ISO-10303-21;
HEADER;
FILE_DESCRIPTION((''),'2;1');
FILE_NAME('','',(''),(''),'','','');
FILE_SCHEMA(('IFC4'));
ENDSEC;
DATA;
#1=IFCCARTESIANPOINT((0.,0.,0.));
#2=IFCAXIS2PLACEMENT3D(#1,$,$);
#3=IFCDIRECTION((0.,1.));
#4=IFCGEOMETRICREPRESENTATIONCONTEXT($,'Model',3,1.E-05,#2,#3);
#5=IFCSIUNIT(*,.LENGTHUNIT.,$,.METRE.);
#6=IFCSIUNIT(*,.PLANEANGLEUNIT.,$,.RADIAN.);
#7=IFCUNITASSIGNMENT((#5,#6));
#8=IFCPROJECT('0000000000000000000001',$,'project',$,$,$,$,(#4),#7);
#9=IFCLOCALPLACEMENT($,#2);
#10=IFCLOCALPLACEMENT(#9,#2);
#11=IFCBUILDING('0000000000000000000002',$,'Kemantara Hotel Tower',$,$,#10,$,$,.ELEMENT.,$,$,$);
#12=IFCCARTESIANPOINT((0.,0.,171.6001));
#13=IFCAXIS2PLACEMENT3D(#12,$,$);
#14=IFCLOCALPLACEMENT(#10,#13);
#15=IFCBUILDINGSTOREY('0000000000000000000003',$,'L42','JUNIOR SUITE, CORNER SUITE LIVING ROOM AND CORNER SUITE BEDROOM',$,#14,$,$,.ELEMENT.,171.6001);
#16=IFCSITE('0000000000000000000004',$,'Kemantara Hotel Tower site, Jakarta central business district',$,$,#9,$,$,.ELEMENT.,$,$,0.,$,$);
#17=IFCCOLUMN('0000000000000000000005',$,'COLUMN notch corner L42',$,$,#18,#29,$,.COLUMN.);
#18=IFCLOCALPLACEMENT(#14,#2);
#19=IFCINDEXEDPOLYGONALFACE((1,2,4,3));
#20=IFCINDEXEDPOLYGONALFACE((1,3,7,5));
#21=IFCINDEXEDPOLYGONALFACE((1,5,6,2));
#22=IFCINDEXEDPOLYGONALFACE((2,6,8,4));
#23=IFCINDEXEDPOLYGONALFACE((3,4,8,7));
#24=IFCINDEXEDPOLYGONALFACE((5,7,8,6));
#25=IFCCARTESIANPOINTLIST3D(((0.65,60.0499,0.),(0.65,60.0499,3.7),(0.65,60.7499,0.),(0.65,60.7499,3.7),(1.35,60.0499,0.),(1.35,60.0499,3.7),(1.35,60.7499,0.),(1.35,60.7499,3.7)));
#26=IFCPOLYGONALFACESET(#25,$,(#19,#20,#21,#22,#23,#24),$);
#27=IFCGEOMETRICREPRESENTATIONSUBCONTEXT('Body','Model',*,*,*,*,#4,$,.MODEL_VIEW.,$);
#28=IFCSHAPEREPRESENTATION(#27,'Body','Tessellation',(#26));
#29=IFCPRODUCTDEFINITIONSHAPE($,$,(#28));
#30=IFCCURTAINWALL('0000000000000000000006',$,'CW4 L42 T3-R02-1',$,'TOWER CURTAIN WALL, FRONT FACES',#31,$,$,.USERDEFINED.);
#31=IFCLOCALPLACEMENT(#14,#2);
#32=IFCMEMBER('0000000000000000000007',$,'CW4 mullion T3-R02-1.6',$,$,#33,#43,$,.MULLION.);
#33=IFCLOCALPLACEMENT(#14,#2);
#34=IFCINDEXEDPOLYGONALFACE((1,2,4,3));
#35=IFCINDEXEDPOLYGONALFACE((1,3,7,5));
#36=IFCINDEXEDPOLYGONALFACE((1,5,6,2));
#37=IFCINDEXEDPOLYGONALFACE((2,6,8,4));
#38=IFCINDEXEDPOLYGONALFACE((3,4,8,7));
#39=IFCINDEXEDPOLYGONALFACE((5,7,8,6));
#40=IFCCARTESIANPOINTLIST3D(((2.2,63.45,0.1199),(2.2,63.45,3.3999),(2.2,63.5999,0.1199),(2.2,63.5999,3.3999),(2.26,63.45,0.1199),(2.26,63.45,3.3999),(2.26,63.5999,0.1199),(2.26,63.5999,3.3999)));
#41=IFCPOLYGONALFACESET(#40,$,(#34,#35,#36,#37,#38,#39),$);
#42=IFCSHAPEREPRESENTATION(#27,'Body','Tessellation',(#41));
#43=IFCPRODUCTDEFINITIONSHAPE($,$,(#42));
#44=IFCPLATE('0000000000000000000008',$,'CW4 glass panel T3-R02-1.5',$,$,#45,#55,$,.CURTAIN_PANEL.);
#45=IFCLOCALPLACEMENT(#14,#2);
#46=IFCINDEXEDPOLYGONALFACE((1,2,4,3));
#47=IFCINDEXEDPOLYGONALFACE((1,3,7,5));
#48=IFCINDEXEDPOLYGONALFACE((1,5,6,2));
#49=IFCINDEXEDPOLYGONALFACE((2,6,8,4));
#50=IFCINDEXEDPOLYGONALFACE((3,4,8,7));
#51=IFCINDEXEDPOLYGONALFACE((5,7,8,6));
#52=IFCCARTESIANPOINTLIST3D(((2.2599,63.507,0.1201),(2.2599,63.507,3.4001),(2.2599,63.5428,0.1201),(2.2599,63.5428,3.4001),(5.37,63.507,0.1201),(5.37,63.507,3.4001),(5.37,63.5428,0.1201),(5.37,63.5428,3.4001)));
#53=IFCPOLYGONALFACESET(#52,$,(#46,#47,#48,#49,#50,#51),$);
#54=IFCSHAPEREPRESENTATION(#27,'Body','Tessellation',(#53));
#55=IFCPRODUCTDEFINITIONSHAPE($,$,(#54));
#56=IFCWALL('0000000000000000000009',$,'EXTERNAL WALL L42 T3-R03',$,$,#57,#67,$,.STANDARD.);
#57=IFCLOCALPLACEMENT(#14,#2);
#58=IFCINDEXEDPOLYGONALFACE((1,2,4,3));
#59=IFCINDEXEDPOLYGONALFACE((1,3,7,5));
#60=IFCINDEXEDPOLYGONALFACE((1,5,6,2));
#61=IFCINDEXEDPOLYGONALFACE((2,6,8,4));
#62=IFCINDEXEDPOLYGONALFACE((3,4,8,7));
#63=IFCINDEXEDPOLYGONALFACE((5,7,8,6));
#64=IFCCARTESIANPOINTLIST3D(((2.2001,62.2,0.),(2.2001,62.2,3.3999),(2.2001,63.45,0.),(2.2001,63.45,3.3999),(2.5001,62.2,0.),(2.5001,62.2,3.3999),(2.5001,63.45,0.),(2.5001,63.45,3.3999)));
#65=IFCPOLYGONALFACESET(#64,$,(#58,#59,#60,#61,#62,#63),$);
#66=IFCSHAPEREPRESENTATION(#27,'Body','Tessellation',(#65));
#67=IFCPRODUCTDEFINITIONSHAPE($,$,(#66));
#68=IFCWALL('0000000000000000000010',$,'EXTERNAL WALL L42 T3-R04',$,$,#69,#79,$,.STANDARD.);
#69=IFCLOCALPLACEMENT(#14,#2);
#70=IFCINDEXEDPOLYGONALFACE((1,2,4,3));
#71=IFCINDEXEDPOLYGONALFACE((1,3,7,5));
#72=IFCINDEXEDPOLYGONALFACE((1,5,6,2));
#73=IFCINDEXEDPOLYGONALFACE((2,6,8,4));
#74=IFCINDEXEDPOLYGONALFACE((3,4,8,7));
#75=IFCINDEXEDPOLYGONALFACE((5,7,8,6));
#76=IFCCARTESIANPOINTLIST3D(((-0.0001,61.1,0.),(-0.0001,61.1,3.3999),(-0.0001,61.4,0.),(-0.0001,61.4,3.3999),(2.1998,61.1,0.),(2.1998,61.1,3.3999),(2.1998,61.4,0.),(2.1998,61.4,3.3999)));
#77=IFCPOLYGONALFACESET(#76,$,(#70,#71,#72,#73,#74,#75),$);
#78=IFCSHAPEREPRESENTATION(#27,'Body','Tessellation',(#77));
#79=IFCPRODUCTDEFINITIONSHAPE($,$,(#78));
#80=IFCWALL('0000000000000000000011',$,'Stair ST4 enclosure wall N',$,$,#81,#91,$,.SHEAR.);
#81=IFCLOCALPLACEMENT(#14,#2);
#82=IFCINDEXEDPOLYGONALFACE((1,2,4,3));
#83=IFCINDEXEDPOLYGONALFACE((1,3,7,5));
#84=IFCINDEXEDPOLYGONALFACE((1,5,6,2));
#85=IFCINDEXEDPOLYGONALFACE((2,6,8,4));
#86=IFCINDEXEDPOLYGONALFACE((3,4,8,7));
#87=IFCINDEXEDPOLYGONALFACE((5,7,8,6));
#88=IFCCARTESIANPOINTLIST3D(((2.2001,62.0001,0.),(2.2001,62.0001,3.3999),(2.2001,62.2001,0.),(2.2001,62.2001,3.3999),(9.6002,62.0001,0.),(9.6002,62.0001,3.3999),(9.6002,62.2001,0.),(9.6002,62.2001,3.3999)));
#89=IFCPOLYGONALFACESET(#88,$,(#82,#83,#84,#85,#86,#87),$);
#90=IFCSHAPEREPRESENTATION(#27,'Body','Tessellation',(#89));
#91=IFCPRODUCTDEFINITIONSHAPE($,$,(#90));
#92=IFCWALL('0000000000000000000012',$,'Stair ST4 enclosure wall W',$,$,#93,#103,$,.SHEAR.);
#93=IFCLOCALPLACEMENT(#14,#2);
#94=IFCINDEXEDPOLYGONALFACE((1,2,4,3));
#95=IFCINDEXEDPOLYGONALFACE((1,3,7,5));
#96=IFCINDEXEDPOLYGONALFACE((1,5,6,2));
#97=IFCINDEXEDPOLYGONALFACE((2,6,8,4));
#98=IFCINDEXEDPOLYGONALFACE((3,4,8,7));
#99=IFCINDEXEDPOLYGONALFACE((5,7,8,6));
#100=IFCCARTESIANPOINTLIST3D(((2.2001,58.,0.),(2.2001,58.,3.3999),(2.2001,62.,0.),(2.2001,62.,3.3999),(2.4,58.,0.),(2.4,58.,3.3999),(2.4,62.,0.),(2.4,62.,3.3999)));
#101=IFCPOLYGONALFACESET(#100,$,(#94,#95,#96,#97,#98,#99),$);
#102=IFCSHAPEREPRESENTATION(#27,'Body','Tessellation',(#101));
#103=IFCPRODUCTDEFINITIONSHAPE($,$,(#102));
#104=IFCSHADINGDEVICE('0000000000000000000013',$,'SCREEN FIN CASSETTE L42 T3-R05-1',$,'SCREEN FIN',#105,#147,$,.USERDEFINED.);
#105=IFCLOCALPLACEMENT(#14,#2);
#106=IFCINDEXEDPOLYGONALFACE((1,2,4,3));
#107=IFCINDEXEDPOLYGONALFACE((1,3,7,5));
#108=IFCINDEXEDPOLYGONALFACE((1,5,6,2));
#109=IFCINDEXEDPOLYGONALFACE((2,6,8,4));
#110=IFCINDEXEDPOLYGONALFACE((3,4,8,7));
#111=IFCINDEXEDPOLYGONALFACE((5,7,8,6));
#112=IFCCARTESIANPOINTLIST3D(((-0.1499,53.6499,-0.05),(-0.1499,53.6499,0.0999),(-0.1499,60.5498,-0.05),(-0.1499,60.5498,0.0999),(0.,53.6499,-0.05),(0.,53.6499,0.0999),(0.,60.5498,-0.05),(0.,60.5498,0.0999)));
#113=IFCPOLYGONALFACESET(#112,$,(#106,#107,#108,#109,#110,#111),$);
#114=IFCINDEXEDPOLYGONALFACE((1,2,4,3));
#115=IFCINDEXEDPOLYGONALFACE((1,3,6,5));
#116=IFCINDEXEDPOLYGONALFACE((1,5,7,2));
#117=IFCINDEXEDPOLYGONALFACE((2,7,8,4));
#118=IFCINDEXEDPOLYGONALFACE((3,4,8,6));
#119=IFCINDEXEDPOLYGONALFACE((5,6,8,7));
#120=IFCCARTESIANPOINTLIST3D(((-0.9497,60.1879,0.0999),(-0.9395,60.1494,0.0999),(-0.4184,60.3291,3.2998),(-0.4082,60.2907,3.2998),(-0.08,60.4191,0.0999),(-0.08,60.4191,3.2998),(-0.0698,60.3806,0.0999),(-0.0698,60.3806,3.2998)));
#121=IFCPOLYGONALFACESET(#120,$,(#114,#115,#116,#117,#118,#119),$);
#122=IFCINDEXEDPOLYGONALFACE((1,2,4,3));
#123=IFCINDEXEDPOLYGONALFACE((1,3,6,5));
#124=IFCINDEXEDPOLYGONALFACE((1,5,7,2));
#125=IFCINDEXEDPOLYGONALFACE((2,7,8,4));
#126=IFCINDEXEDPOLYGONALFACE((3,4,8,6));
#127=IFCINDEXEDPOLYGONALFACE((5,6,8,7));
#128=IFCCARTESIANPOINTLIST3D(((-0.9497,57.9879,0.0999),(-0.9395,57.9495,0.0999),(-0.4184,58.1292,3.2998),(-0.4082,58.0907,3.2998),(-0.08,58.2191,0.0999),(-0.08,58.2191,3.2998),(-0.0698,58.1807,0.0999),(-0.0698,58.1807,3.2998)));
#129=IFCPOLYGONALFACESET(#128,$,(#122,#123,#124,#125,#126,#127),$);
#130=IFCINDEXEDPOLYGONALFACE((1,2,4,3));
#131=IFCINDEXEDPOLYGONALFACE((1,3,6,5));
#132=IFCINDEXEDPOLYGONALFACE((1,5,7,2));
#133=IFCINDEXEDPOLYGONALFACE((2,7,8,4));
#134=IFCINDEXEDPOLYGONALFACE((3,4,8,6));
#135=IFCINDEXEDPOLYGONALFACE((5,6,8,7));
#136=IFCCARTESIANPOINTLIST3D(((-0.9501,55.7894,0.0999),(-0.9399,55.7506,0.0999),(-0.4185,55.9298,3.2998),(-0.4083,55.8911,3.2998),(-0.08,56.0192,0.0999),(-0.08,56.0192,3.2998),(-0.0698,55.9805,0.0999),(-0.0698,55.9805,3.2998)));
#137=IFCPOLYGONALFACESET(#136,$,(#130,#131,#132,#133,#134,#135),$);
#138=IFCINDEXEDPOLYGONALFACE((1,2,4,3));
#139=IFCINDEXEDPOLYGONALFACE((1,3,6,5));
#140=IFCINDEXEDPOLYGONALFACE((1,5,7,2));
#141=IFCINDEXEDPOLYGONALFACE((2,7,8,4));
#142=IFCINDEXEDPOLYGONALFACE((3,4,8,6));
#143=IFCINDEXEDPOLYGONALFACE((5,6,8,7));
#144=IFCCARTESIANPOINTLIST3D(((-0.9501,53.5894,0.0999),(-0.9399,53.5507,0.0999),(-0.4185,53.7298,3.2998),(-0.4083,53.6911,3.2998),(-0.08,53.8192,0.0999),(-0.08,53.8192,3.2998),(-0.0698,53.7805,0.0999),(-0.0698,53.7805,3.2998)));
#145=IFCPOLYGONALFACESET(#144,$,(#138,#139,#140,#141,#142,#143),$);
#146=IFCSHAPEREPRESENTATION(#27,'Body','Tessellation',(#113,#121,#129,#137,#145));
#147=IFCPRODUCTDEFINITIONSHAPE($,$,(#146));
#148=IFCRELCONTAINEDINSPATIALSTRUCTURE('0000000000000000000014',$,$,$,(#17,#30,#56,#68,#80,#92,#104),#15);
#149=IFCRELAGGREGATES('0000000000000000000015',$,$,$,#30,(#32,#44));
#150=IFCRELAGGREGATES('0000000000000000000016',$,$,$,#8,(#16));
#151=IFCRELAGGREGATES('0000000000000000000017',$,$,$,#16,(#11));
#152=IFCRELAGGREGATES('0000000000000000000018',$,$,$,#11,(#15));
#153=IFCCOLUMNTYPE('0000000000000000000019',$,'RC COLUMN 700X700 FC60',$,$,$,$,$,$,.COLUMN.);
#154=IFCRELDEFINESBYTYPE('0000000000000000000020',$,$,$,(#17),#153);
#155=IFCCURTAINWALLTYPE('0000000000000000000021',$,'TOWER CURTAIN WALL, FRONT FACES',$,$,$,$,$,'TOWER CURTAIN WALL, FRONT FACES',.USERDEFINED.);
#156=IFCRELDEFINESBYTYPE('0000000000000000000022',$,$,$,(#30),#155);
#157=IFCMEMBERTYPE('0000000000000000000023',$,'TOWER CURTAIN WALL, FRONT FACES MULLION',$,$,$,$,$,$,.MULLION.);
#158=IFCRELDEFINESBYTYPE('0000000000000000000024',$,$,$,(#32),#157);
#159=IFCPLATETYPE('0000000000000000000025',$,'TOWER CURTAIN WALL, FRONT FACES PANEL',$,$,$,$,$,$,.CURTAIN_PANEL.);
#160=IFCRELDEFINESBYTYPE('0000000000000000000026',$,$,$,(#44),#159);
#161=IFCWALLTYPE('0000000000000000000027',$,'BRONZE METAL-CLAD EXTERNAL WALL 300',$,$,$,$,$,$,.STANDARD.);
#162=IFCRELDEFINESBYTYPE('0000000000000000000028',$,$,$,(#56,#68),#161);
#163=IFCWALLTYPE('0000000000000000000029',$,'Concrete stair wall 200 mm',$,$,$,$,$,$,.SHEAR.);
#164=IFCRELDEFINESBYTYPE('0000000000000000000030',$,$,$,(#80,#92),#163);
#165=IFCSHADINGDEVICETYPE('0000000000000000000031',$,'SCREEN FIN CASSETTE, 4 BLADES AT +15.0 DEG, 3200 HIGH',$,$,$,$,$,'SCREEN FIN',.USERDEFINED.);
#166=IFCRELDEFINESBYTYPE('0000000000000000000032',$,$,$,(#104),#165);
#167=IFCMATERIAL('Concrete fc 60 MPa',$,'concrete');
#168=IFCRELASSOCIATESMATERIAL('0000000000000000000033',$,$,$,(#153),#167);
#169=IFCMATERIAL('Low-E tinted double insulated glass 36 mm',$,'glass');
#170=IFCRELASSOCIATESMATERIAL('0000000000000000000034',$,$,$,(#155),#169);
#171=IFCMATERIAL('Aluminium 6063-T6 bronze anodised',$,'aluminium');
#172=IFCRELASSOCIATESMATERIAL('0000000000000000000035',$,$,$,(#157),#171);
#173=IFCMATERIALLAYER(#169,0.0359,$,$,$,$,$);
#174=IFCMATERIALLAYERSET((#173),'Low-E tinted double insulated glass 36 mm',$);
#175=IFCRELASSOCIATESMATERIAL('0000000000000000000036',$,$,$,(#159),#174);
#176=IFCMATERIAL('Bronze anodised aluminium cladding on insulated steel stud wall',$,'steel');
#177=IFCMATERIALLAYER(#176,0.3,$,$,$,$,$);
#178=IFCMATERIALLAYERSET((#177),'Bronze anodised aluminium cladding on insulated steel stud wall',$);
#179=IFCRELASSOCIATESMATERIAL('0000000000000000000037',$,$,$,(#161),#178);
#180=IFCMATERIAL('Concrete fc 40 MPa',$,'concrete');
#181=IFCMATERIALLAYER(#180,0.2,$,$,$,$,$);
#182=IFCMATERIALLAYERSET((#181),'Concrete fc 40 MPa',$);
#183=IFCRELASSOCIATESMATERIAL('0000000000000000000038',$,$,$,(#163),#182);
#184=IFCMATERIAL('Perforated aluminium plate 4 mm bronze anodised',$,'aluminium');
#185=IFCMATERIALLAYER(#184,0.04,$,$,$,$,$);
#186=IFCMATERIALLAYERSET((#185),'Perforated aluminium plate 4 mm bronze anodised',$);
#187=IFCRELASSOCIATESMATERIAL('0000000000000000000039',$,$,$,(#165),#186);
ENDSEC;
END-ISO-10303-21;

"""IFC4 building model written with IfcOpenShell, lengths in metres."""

from ifc_helpers import new_model, si_unit, direction, frame, frame_2d, origin, origin_2d, place, context, subcontext, project, spatial, polyline, rectangle, outline, extrude, source, transform, mapped, material, layer, layer_set, material_profile, profile_set, type_object, element, aggregate, save


model = new_model("IFC4")

# Units and contexts
model_context = context("Model", 3, precision=1e-05, world=origin(), true_north=direction((0.0, 1.0)))
body_context = subcontext(model_context, "Body", "Model", "MODEL_VIEW")
ifc_project = project(units=[si_unit("LENGTHUNIT", "METRE"), si_unit("PLANEANGLEUNIT", "RADIAN")], contexts=[model_context])

# Site, building, storey
site_placement = place(None, origin())
site = spatial("IfcSite", under=ifc_project, at=site_placement, Name="Kemantara Hotel Tower site, Jakarta central business district", CompositionType="ELEMENT", RefElevation=0.0)
building_placement = place(site_placement, origin())
building = spatial("IfcBuilding", under=site, at=building_placement, Name="Kemantara Hotel Tower", CompositionType="ELEMENT")
storey_placement = place(building_placement, frame((0.0, 0.0, 171.6001)))
storey = spatial("IfcBuildingStorey", under=building, at=storey_placement, Name="L42", Description="JUNIOR SUITE, CORNER SUITE LIVING ROOM AND CORNER SUITE BEDROOM", CompositionType="ELEMENT", Elevation=171.6001)

# Column
ifc_material_1 = material(Name="Concrete fc 60 MPa", Category="concrete")
ifc_material_profile_1 = material_profile(ifc_material_1, rectangle(XDim=0.7, YDim=0.7, at=origin_2d()), Name="RC 700X700")
ifc_profile_set_1 = profile_set([ifc_material_profile_1], Name="Concrete fc 60 MPa")
column_type = type_object("IfcColumnType", Name="RC COLUMN 700X700 FC60", PredefinedType="COLUMN", material=ifc_profile_set_1)
column_placement = place(storey_placement, frame((1.0, 60.3999, 0.0), z_axis=(0.0, 0.0, 1.0), x_axis=(1.0, 0.0, 0.0)))
element("IfcColumn", 1, at=column_placement, inside=storey, type_object=column_type, Name="COLUMN notch corner L42", PredefinedType="COLUMN", context=body_context, shape_type="SweptSolid", body=[
    extrude(rectangle(XDim=0.7, YDim=0.7, at=origin_2d()), origin(), (0.0, 0.0, 1.0), 3.7),
])

# Curtain wall, member, plate
ifc_material_2 = material(Name="Low-E tinted double insulated glass 36 mm", Category="glass")
curtain_wall_type = type_object("IfcCurtainWallType", Name="TOWER CURTAIN WALL, FRONT FACES", ElementType="TOWER CURTAIN WALL, FRONT FACES", PredefinedType="USERDEFINED", material=ifc_material_2)
curtain_wall_placement = place(storey_placement, origin())
curtain_wall = element("IfcCurtainWall", 2, at=curtain_wall_placement, inside=storey, type_object=curtain_wall_type, Name="CW4 L42 T3-R02-1", ObjectType="TOWER CURTAIN WALL, FRONT FACES", PredefinedType="USERDEFINED")
ifc_material_3 = material(Name="Aluminium 6063-T6 bronze anodised", Category="aluminium")
ifc_material_profile_2 = material_profile(ifc_material_3, rectangle(XDim=0.1499, YDim=0.0601, at=origin_2d()), Name="TOWER CURTAIN WALL, FRONT FACES MULLION")
ifc_profile_set_2 = profile_set([ifc_material_profile_2], Name="Aluminium 6063-T6 bronze anodised")
member_type = type_object("IfcMemberType", Name="TOWER CURTAIN WALL, FRONT FACES MULLION", PredefinedType="MULLION", material=ifc_profile_set_2)
shared_shape_1 = source(origin(), body_context, "Body", "SweptSolid", [
    extrude(rectangle(XDim=0.1499, YDim=0.0601, at=origin_2d()), origin(), (0.0, 0.0, 1.0), 3.28),
])
member_placement = place(storey_placement, frame((2.23, 63.5249, 0.1199), z_axis=(0.0, 0.0, 1.0), x_axis=(0.0, -1.0, 0.0)))
member = element("IfcMember", 3, at=member_placement, type_object=member_type, Name="CW4 mullion T3-R02-1.6", PredefinedType="MULLION", context=body_context, shape_type="MappedRepresentation", body=[
    mapped(shared_shape_1, transform((0.0, 0.0, 0.0))),
])
ifc_layer_1 = layer(ifc_material_2, 0.0359)
ifc_layer_set_1 = layer_set([ifc_layer_1], Name="Low-E tinted double insulated glass 36 mm")
plate_type = type_object("IfcPlateType", Name="TOWER CURTAIN WALL, FRONT FACES PANEL", PredefinedType="CURTAIN_PANEL", material=ifc_layer_set_1)
shared_shape_2 = source(origin(), body_context, "Body", "SweptSolid", [
    extrude(rectangle(XDim=3.1101, YDim=0.0359, at=origin_2d()), origin(), (0.0, 0.0, 1.0), 3.28),
])
plate_placement = place(storey_placement, frame((3.8149, 63.5249, 0.1201), z_axis=(0.0, 0.0, 1.0), x_axis=(-1.0, 0.0, 0.0)))
plate = element("IfcPlate", 4, at=plate_placement, type_object=plate_type, Name="CW4 glass panel T3-R02-1.5", PredefinedType="CURTAIN_PANEL", context=body_context, shape_type="MappedRepresentation", body=[
    mapped(shared_shape_2, transform((0.0, 0.0, 0.0))),
])
aggregate(curtain_wall, [member, plate])

# Walls
ifc_material_4 = material(Name="Bronze anodised aluminium cladding on insulated steel stud wall", Category="steel")
ifc_layer_2 = layer(ifc_material_4, 0.3)
ifc_layer_set_2 = layer_set([ifc_layer_2], Name="Bronze anodised aluminium cladding on insulated steel stud wall")
wall_type_1 = type_object("IfcWallType", Name="BRONZE METAL-CLAD EXTERNAL WALL 300", PredefinedType="STANDARD", material=ifc_layer_set_2)
wall_1_placement = place(storey_placement, frame((2.3501, 63.45, 0.0), z_axis=(0.0, 0.0, 1.0), x_axis=(0.0, -1.0, 0.0)))
element("IfcWall", 5, at=wall_1_placement, inside=storey, type_object=wall_type_1, Name="EXTERNAL WALL L42 T3-R03", PredefinedType="STANDARD", context=body_context, shape_type="SweptSolid", body=[
    extrude(rectangle(XDim=1.25, YDim=0.3, at=frame_2d((0.625, 0.0))), origin(), (0.0, 0.0, 1.0), 3.3999),
])
wall_2_placement = place(storey_placement, frame((2.2, 61.25, 0.0), z_axis=(0.0, 0.0, 1.0), x_axis=(-1.0, 0.0, 0.0)))
element("IfcWall", 6, at=wall_2_placement, inside=storey, type_object=wall_type_1, Name="EXTERNAL WALL L42 T3-R04", PredefinedType="STANDARD", context=body_context, shape_type="SweptSolid", body=[
    extrude(rectangle(XDim=2.2, YDim=0.3, at=frame_2d((1.1001, 0.0))), origin(), (0.0, 0.0, 1.0), 3.3999),
])

# Walls
ifc_material_5 = material(Name="Concrete fc 40 MPa", Category="concrete")
ifc_layer_3 = layer(ifc_material_5, 0.2)
ifc_layer_set_3 = layer_set([ifc_layer_3], Name="Concrete fc 40 MPa")
wall_type_2 = type_object("IfcWallType", Name="Concrete stair wall 200 mm", PredefinedType="SHEAR", material=ifc_layer_set_3)
wall_3_placement = place(storey_placement, frame((2.2, 62.1001, 0.0), z_axis=(0.0, 0.0, 1.0), x_axis=(1.0, 0.0, 0.0)))
element("IfcWall", 7, at=wall_3_placement, inside=storey, type_object=wall_type_2, Name="Stair ST4 enclosure wall N", PredefinedType="SHEAR", context=body_context, shape_type="SweptSolid", body=[
    extrude(rectangle(XDim=7.4001, YDim=0.2, at=frame_2d((3.7002, 0.0))), origin(), (0.0, 0.0, 1.0), 3.3999),
])
wall_4_placement = place(storey_placement, frame((2.3, 58.0, 0.0), z_axis=(0.0, 0.0, 1.0), x_axis=(0.0, 1.0, 0.0)))
element("IfcWall", 8, at=wall_4_placement, inside=storey, type_object=wall_type_2, Name="Stair ST4 enclosure wall W", PredefinedType="SHEAR", context=body_context, shape_type="SweptSolid", body=[
    extrude(rectangle(XDim=4.0, YDim=0.2, at=frame_2d((2.0, 0.0))), origin(), (0.0, 0.0, 1.0), 3.3999),
])

# Shading device
ifc_material_6 = material(Name="Perforated aluminium plate 4 mm bronze anodised", Category="aluminium")
ifc_layer_4 = layer(ifc_material_6, 0.04)
ifc_layer_set_4 = layer_set([ifc_layer_4], Name="Perforated aluminium plate 4 mm bronze anodised")
shading_device_type = type_object("IfcShadingDeviceType", Name="SCREEN FIN CASSETTE, 4 BLADES AT +15.0 DEG, 3200 HIGH", ElementType="SCREEN FIN", PredefinedType="USERDEFINED", material=ifc_layer_set_4)
shared_shape_3 = source(origin(), body_context, "Body", "SweptSolid", [
    extrude(rectangle(XDim=6.8999, YDim=0.1499, at=origin_2d()), frame((3.3, -0.075, -0.1499), z_axis=(0.0, 0.0, 1.0), x_axis=(1.0, 0.0, 0.0)), (0.0, 0.0, 1.0), 0.1499),
    extrude(outline(polyline([(0.0, 0.0), (0.8999, 0.0), (0.3501, 3.2), (0.0, 3.2), (0.0, 0.0)])), frame((0.0193, -0.0698, 0.0), z_axis=(-0.966438, -0.256901, 0.0), x_axis=(0.256901, -0.966438, 0.0)), (0.0, 0.0, 1.0), 0.0398),
    extrude(outline(polyline([(0.0, 0.0), (0.8999, 0.0), (0.3501, 3.2), (0.0, 3.2), (0.0, 0.0)])), frame((2.2192, -0.0698, 0.0), z_axis=(-0.966438, -0.256901, 0.0), x_axis=(0.256901, -0.966438, 0.0)), (0.0, 0.0, 1.0), 0.0398),
    extrude(outline(polyline([(0.0, 0.0), (0.8999, 0.0), (0.3501, 3.2), (0.0, 3.2), (0.0, 0.0)])), frame((4.4194, -0.0698, 0.0), z_axis=(-0.966838, -0.255391, 0.0), x_axis=(0.255391, -0.966838, 0.0)), (0.0, 0.0, 1.0), 0.04),
    extrude(outline(polyline([(0.0, 0.0), (0.8999, 0.0), (0.3501, 3.2), (0.0, 3.2), (0.0, 0.0)])), frame((6.6194, -0.0698, 0.0), z_axis=(-0.966838, -0.255391, 0.0), x_axis=(0.255391, -0.966838, 0.0)), (0.0, 0.0, 1.0), 0.04),
])
shading_device_placement = place(storey_placement, frame((0.0, 60.3999, 0.0999), z_axis=(0.0, 0.0, 1.0), x_axis=(0.0, -1.0, 0.0)))
element("IfcShadingDevice", 9, at=shading_device_placement, inside=storey, type_object=shading_device_type, Name="SCREEN FIN CASSETTE L42 T3-R05-1", ObjectType="SCREEN FIN", PredefinedType="USERDEFINED", context=body_context, shape_type="MappedRepresentation", body=[
    mapped(shared_shape_3, transform((0.0, 0.0, 0.0))),
])

save(model, "model.ifc")
